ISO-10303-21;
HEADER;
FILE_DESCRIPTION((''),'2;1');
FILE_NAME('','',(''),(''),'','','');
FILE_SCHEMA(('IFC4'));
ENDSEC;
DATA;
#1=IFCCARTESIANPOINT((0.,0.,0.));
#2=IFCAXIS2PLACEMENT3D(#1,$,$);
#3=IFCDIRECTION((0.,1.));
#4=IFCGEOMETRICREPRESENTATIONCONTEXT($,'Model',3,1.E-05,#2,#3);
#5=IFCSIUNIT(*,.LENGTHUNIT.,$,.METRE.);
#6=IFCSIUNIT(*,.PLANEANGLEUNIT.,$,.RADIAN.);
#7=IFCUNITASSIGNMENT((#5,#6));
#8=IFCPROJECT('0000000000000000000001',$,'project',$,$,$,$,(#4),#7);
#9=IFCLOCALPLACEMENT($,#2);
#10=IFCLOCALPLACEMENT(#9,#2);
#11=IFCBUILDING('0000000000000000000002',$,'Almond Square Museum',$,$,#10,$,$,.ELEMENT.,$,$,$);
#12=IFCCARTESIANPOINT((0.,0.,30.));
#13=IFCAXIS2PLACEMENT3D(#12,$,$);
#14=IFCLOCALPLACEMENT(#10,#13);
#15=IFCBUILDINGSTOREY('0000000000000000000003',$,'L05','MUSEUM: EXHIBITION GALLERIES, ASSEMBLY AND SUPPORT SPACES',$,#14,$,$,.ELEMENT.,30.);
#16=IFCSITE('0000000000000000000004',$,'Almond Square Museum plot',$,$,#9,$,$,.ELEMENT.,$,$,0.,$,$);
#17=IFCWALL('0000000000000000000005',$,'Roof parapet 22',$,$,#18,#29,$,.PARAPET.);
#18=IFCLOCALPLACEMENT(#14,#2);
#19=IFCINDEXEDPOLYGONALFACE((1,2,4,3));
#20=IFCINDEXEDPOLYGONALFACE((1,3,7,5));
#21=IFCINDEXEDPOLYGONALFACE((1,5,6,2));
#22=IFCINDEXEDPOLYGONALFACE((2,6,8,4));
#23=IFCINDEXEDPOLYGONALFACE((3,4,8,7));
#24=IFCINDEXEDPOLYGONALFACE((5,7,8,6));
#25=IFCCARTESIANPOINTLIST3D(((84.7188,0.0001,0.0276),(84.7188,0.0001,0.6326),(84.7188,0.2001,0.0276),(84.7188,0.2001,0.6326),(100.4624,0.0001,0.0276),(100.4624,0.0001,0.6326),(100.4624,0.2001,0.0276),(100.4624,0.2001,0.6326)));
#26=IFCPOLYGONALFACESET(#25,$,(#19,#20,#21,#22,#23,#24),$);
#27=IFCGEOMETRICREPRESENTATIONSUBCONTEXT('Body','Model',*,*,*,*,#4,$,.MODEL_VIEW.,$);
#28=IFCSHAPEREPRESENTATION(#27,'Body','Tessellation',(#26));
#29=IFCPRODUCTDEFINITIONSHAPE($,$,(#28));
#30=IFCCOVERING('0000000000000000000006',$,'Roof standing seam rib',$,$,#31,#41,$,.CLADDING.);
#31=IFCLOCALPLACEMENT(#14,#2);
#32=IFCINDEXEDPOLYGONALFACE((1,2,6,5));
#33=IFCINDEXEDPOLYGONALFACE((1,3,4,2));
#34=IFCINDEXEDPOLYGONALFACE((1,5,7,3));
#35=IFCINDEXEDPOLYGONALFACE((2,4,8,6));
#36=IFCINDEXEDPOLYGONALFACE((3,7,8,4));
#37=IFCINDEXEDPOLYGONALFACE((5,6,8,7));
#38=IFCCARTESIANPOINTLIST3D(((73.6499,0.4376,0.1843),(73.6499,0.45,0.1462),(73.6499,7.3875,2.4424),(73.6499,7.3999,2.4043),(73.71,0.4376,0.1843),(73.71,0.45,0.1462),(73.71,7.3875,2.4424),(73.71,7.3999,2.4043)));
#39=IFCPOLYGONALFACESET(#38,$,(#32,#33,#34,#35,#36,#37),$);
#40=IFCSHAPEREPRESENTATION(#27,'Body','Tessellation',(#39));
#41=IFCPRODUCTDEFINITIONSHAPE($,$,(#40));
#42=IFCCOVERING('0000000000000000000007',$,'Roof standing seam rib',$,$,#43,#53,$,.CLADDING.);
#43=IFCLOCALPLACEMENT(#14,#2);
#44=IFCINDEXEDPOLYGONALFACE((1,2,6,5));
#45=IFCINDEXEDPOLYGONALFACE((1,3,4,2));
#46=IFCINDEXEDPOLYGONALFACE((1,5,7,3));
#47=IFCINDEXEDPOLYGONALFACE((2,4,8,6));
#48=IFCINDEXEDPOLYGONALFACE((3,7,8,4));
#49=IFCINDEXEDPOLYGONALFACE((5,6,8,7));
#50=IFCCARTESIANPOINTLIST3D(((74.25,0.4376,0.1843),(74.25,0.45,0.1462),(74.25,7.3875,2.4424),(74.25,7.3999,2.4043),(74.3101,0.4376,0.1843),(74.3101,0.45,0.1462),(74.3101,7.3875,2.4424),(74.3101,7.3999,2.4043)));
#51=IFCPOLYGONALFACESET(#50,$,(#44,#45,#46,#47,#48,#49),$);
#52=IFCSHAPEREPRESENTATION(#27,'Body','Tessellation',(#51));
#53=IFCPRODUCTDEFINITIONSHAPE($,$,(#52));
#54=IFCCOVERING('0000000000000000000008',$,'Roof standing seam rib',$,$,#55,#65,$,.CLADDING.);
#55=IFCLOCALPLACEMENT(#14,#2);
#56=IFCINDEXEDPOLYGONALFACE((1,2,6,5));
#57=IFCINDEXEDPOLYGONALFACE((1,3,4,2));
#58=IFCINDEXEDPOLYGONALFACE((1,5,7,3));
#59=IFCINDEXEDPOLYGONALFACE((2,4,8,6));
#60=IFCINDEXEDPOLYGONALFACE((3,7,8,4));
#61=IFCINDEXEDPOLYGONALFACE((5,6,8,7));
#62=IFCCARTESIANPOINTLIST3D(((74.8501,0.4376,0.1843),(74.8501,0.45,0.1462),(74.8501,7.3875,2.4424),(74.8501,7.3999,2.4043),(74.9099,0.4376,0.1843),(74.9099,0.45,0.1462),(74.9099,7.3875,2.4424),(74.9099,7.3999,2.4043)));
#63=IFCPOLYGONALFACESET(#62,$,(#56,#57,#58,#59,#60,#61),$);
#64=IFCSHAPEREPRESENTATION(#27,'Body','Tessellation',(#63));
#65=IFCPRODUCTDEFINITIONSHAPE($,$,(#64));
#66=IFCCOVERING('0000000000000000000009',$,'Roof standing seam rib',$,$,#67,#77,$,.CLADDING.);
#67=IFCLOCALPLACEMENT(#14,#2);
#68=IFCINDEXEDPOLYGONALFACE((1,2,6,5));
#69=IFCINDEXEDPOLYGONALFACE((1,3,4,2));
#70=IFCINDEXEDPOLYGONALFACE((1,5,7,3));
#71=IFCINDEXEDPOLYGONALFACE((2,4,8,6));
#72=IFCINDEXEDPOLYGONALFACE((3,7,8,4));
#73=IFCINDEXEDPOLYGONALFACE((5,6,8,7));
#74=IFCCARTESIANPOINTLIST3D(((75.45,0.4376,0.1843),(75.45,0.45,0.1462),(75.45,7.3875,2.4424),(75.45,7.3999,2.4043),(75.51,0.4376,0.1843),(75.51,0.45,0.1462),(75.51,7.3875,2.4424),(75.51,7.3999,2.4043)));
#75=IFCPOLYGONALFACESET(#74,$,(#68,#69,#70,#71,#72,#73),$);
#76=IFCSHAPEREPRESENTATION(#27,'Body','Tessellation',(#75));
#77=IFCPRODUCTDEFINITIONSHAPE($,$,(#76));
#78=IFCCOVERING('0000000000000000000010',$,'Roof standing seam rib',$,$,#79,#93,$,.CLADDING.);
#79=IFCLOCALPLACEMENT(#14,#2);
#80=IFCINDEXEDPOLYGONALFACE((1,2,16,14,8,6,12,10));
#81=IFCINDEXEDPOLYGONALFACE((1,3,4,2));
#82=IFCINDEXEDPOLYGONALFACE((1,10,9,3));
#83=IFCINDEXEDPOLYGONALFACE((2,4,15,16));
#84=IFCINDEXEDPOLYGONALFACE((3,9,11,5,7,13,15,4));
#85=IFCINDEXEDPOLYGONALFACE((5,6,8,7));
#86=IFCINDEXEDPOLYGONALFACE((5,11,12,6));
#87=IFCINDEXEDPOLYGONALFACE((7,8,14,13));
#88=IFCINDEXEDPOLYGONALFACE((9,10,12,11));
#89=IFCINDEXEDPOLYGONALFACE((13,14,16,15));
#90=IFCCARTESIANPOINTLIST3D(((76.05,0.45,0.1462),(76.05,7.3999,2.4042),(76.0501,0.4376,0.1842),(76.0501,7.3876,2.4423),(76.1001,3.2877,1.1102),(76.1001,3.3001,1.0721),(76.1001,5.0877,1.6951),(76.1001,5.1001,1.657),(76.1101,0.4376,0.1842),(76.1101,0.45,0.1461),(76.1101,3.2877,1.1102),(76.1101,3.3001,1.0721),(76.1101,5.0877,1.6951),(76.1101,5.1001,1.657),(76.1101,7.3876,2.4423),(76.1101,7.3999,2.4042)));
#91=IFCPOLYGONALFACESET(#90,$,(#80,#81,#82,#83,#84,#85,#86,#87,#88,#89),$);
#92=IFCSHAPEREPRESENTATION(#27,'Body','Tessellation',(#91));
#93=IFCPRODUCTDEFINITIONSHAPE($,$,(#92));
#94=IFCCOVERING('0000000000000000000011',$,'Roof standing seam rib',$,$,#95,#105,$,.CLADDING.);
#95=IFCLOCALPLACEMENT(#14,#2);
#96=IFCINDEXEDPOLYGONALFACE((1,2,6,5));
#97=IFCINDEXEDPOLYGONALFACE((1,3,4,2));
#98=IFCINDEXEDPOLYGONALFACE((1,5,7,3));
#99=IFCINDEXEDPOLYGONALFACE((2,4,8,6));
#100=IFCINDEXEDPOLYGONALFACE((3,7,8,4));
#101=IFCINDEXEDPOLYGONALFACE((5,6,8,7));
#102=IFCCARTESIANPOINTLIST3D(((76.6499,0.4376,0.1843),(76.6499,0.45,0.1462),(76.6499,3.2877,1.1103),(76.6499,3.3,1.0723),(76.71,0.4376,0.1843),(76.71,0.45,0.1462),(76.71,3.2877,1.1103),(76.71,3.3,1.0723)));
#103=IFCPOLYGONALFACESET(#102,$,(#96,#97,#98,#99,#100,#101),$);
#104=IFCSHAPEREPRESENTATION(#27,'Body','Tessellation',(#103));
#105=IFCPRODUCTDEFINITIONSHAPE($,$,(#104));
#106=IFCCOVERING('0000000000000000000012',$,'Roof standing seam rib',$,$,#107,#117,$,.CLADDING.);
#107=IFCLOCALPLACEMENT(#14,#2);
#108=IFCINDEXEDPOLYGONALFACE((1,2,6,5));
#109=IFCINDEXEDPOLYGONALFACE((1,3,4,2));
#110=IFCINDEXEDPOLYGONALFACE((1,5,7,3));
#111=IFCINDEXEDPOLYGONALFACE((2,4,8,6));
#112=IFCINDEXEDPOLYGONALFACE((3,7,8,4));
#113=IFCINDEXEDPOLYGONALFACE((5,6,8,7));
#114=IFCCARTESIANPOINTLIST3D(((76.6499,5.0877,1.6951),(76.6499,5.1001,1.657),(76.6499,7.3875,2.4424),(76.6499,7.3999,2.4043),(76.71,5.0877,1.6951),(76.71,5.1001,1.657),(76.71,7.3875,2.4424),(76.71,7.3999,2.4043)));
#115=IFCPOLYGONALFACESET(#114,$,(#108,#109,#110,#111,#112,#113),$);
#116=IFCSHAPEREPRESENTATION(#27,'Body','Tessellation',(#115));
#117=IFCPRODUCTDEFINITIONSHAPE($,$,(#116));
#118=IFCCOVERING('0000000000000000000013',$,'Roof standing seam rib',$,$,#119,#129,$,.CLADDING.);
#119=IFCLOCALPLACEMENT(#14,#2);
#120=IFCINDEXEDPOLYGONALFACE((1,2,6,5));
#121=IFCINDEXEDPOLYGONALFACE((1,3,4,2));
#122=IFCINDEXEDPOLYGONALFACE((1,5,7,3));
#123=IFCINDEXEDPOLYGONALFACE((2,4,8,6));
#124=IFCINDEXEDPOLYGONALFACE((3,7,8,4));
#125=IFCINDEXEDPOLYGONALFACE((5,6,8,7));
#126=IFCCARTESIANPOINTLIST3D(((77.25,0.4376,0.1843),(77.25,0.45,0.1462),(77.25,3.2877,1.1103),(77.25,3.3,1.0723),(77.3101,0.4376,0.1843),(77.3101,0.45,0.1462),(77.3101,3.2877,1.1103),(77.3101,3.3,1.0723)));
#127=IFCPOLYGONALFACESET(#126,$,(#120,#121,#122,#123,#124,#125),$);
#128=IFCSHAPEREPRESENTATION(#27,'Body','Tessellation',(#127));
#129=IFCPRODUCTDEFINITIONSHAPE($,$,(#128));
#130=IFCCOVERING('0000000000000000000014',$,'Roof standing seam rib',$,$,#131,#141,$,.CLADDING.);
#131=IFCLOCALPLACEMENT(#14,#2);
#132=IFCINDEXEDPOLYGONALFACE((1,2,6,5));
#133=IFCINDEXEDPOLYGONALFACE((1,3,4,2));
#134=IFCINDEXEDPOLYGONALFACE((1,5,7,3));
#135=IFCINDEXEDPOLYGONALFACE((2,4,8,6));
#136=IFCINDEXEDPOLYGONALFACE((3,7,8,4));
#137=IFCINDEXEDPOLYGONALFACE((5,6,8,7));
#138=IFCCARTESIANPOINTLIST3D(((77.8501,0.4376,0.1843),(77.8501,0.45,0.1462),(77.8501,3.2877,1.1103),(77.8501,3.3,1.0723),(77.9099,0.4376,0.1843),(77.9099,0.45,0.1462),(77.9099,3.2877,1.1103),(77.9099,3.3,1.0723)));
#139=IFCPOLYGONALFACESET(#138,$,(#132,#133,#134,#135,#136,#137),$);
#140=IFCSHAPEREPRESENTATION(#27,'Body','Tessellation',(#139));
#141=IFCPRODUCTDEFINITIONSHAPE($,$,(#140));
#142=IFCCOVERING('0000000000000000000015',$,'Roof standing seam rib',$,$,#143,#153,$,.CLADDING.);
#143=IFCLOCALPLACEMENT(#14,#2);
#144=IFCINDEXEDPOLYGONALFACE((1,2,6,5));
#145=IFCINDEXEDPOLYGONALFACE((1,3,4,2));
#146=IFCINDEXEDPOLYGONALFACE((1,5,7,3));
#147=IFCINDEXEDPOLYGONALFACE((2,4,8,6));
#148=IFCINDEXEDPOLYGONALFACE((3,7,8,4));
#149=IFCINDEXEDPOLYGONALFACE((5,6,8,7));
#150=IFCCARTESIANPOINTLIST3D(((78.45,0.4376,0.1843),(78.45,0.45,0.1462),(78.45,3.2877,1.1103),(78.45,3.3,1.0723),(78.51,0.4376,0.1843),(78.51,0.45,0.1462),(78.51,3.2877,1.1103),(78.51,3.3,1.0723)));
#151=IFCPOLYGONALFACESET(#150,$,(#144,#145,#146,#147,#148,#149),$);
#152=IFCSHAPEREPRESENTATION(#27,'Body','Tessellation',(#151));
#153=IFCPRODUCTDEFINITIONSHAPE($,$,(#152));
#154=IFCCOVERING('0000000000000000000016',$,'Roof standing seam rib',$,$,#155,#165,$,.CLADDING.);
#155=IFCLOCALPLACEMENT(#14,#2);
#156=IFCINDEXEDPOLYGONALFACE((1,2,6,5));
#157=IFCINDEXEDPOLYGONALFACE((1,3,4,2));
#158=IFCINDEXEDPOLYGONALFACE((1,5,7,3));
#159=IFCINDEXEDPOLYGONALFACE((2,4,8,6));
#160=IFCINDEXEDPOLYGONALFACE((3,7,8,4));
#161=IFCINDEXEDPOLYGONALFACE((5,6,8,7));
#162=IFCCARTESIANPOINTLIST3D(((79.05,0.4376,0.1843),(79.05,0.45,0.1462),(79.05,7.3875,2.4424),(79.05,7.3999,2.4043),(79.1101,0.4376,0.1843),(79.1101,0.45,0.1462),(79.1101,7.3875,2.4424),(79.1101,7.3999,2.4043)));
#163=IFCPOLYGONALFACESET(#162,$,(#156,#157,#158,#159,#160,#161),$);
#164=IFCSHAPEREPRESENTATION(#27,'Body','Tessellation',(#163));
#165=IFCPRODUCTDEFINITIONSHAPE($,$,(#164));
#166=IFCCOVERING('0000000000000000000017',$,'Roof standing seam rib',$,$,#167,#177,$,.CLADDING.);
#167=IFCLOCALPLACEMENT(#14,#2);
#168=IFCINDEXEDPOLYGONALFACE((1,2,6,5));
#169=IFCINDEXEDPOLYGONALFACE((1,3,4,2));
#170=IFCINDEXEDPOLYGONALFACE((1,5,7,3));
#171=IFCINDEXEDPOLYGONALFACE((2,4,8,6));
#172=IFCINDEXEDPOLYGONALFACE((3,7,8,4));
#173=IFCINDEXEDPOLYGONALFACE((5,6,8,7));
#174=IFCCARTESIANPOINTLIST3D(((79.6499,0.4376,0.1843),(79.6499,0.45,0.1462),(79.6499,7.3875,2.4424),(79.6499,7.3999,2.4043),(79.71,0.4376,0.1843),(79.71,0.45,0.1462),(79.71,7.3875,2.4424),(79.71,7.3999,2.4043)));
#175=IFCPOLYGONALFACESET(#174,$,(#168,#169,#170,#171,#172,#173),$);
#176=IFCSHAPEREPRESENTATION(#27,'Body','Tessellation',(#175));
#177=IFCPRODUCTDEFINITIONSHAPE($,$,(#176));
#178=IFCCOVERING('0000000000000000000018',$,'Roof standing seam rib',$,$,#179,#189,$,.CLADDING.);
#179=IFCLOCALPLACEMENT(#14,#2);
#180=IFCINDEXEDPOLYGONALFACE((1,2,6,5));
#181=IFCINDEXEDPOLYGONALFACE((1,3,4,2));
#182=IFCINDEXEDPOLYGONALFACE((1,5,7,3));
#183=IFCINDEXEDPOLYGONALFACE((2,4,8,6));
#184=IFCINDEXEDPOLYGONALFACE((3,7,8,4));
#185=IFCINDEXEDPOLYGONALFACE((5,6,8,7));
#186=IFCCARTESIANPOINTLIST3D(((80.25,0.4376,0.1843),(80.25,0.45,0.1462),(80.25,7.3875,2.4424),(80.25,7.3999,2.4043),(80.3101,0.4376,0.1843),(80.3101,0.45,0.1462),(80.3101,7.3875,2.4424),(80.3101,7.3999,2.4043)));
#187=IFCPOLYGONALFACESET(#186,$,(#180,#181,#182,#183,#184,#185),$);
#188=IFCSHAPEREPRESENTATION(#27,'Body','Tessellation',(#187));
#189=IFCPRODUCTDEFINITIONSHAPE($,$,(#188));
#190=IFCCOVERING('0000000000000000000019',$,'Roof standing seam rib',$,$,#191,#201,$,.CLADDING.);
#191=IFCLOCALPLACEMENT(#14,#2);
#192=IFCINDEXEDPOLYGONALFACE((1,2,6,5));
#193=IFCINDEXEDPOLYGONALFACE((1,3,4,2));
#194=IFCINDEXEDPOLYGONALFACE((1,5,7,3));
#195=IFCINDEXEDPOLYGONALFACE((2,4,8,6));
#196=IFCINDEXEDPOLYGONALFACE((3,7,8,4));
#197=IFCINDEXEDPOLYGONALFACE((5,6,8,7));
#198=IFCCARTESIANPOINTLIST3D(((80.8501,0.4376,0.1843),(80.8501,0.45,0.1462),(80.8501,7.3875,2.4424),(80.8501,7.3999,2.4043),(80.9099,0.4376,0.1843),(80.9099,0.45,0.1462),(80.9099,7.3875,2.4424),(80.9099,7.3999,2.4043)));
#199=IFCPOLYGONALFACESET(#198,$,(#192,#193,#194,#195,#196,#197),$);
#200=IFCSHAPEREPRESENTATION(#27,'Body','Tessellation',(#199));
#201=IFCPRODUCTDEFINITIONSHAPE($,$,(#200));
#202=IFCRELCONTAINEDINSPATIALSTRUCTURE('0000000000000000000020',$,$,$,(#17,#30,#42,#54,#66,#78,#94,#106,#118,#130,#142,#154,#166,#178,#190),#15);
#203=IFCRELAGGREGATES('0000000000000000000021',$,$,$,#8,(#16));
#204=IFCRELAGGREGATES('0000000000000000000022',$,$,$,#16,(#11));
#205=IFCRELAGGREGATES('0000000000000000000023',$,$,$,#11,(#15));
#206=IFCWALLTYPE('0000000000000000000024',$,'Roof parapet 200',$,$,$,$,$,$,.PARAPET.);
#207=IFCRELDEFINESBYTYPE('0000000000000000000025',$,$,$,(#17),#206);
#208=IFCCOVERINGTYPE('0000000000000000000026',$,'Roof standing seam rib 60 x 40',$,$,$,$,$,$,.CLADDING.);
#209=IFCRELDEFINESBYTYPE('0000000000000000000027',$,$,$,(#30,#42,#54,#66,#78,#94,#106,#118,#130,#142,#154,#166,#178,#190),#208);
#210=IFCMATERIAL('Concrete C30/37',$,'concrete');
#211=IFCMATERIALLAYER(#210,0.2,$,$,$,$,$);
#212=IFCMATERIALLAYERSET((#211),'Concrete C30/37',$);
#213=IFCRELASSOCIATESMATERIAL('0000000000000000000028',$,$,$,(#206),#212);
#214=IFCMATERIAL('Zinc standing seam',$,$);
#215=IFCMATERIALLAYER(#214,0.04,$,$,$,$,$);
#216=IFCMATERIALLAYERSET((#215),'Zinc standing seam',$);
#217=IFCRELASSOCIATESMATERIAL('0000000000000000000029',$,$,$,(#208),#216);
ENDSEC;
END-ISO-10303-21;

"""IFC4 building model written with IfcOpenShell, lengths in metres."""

from ifc_helpers import new_model, si_unit, direction, frame, frame_2d, origin, place, context, subcontext, project, spatial, polyline, rectangle, outline, extrude, material, layer, layer_set, type_object, element, save


model = new_model("IFC4")

# Units and contexts
model_context = context("Model", 3, precision=1e-05, world=origin(), true_north=direction((0.0, 1.0)))
body_context = subcontext(model_context, "Body", "Model", "MODEL_VIEW")
ifc_project = project(units=[si_unit("LENGTHUNIT", "METRE"), si_unit("PLANEANGLEUNIT", "RADIAN")], contexts=[model_context])

# Site, building, storey
site_placement = place(None, origin())
site = spatial("IfcSite", under=ifc_project, at=site_placement, Name="Almond Square Museum plot", CompositionType="ELEMENT", RefElevation=0.0)
building_placement = place(site_placement, origin())
building = spatial("IfcBuilding", under=site, at=building_placement, Name="Almond Square Museum", CompositionType="ELEMENT")
storey_placement = place(building_placement, frame((0.0, 0.0, 30.0)))
storey = spatial("IfcBuildingStorey", under=building, at=storey_placement, Name="L05", Description="MUSEUM: EXHIBITION GALLERIES, ASSEMBLY AND SUPPORT SPACES", CompositionType="ELEMENT", Elevation=30.0)

# Wall
ifc_material_1 = material(Name="Concrete C30/37", Category="concrete")
ifc_layer_1 = layer(ifc_material_1, 0.2)
ifc_layer_set_1 = layer_set([ifc_layer_1], Name="Concrete C30/37")
wall_type = type_object("IfcWallType", Name="Roof parapet 200", PredefinedType="PARAPET", material=ifc_layer_set_1)
wall_placement = place(storey_placement, frame((84.7188, 0.1001, 0.0276), z_axis=(0.0, 0.0, 1.0), x_axis=(1.0, 0.0, 0.0)))
element("IfcWall", 1, at=wall_placement, inside=storey, type_object=wall_type, Name="Roof parapet 22", PredefinedType="PARAPET", context=body_context, shape_type="SweptSolid", body=[
    extrude(rectangle(XDim=15.7437, YDim=0.2, at=frame_2d((7.8718, 0.0))), origin(), (0.0, 0.0, 1.0), 0.605),
])

# Coverings
ifc_material_2 = material(Name="Zinc standing seam")
ifc_layer_2 = layer(ifc_material_2, 0.04)
ifc_layer_set_2 = layer_set([ifc_layer_2], Name="Zinc standing seam")
covering_type = type_object("IfcCoveringType", Name="Roof standing seam rib 60 x 40", PredefinedType="CLADDING", material=ifc_layer_set_2)
for number, where, z_axis, x_axis, name in (
    (2, (73.6499, 0.45, 0.1462), (0.0, -0.309002, 0.951061), (1.0, 0.0, 0.0), "Roof standing seam rib"),
    (3, (74.25, 0.45, 0.1462), (0.0, -0.309002, 0.951061), (1.0, 0.0, 0.0), "Roof standing seam rib"),
):
    element("IfcCovering", number, at=place(storey_placement, frame(where, z_axis=z_axis, x_axis=x_axis)), inside=storey, type_object=covering_type, Name=name, PredefinedType="CLADDING", context=body_context, shape_type="SweptSolid", body=[
        extrude(outline(polyline([(0.0, 0.0), (0.0601, 0.0), (0.0601, 7.3076), (0.0, 7.3076), (0.0, 0.0)])), origin(), (0.0, 0.0, 1.0), 0.04),
    ])
covering_1_placement = place(storey_placement, frame((74.8501, 0.45, 0.1462), z_axis=(0.0, -0.309002, 0.951061), x_axis=(1.0, 0.0, 0.0)))
element("IfcCovering", 4, at=covering_1_placement, inside=storey, type_object=covering_type, Name="Roof standing seam rib", PredefinedType="CLADDING", context=body_context, shape_type="SweptSolid", body=[
    extrude(outline(polyline([(0.0, 0.0), (0.0598, 0.0), (0.0598, 7.3076), (0.0, 7.3076), (0.0, 0.0)])), origin(), (0.0, 0.0, 1.0), 0.04),
])
covering_2_placement = place(storey_placement, frame((75.45, 0.45, 0.1462), z_axis=(0.0, -0.309002, 0.951061), x_axis=(1.0, 0.0, 0.0)))
element("IfcCovering", 5, at=covering_2_placement, inside=storey, type_object=covering_type, Name="Roof standing seam rib", PredefinedType="CLADDING", context=body_context, shape_type="SweptSolid", body=[
    extrude(outline(polyline([(0.0, 0.0), (0.0601, 0.0), (0.0601, 7.3076), (0.0, 7.3076), (0.0, 0.0)])), origin(), (0.0, 0.0, 1.0), 0.04),
])
covering_3_placement = place(storey_placement, frame((76.1001, 5.1001, 1.657), z_axis=(0.00038, -0.309005, 0.95106), x_axis=(1.0, 0.000117, -0.000361)))
element("IfcCovering", 6, at=covering_3_placement, inside=storey, type_object=covering_type, Name="Roof standing seam rib", PredefinedType="CLADDING", context=body_context, shape_type="SweptSolid", body=[
    extrude(outline(polyline([(0.0, 0.0), (0.01, 0.0), (0.01, 2.4182), (-0.05, 2.4182), (-0.05, -4.8894), (0.01, -4.8894), (0.01, -1.8926), (0.0, -1.8926), (0.0, 0.0)])), origin(), (0.0, 0.0, 1.0), 0.04),
])
covering_4_placement = place(storey_placement, frame((76.6499, 0.45, 0.1462), z_axis=(0.0, -0.309009, 0.951059), x_axis=(1.0, 0.0, 0.0)))
element("IfcCovering", 7, at=covering_4_placement, inside=storey, type_object=covering_type, Name="Roof standing seam rib", PredefinedType="CLADDING", context=body_context, shape_type="SweptSolid", body=[
    extrude(outline(polyline([(0.0, 0.0), (0.0601, 0.0), (0.0601, 2.9968), (0.0, 2.9968), (0.0, 0.0)])), origin(), (0.0, 0.0, 1.0), 0.04),
])
covering_5_placement = place(storey_placement, frame((76.71, 7.3999, 2.4043), z_axis=(0.0, -0.30904, 0.951049), x_axis=(-1.0, 0.0, 0.0)))
element("IfcCovering", 8, at=covering_5_placement, inside=storey, type_object=covering_type, Name="Roof standing seam rib", PredefinedType="CLADDING", context=body_context, shape_type="SweptSolid", body=[
    extrude(outline(polyline([(0.0, 0.0), (0.0601, 0.0), (0.0601, 2.4182), (0.0, 2.4182), (0.0, 0.0)])), origin(), (0.0, 0.0, 1.0), 0.04),
])
covering_6_placement = place(storey_placement, frame((77.25, 0.45, 0.1462), z_axis=(0.0, -0.309009, 0.951059), x_axis=(1.0, 0.0, 0.0)))
element("IfcCovering", 9, at=covering_6_placement, inside=storey, type_object=covering_type, Name="Roof standing seam rib", PredefinedType="CLADDING", context=body_context, shape_type="SweptSolid", body=[
    extrude(outline(polyline([(0.0, 0.0), (0.0601, 0.0), (0.0601, 2.9968), (0.0, 2.9968), (0.0, 0.0)])), origin(), (0.0, 0.0, 1.0), 0.04),
])
covering_7_placement = place(storey_placement, frame((77.8501, 0.45, 0.1462), z_axis=(0.0, -0.309009, 0.951059), x_axis=(1.0, 0.0, 0.0)))
element("IfcCovering", 10, at=covering_7_placement, inside=storey, type_object=covering_type, Name="Roof standing seam rib", PredefinedType="CLADDING", context=body_context, shape_type="SweptSolid", body=[
    extrude(outline(polyline([(0.0, 0.0), (0.0598, 0.0), (0.0598, 2.9968), (0.0, 2.9968), (0.0, 0.0)])), origin(), (0.0, 0.0, 1.0), 0.04),
])
covering_8_placement = place(storey_placement, frame((78.45, 0.45, 0.1462), z_axis=(0.0, -0.309009, 0.951059), x_axis=(1.0, 0.0, 0.0)))
element("IfcCovering", 11, at=covering_8_placement, inside=storey, type_object=covering_type, Name="Roof standing seam rib", PredefinedType="CLADDING", context=body_context, shape_type="SweptSolid", body=[
    extrude(outline(polyline([(0.0, 0.0), (0.0601, 0.0), (0.0601, 2.9968), (0.0, 2.9968), (0.0, 0.0)])), origin(), (0.0, 0.0, 1.0), 0.04),
])
for number, where, z_axis, x_axis, name in (
    (12, (79.05, 0.45, 0.1462), (0.0, -0.309002, 0.951061), (1.0, 0.0, 0.0), "Roof standing seam rib"),
    (13, (79.6499, 0.45, 0.1462), (0.0, -0.309002, 0.951061), (1.0, 0.0, 0.0), "Roof standing seam rib"),
    (14, (80.25, 0.45, 0.1462), (0.0, -0.309002, 0.951061), (1.0, 0.0, 0.0), "Roof standing seam rib"),
):
    element("IfcCovering", number, at=place(storey_placement, frame(where, z_axis=z_axis, x_axis=x_axis)), inside=storey, type_object=covering_type, Name=name, PredefinedType="CLADDING", context=body_context, shape_type="SweptSolid", body=[
        extrude(outline(polyline([(0.0, 0.0), (0.0601, 0.0), (0.0601, 7.3076), (0.0, 7.3076), (0.0, 0.0)])), origin(), (0.0, 0.0, 1.0), 0.04),
    ])
covering_9_placement = place(storey_placement, frame((80.8501, 0.45, 0.1462), z_axis=(0.0, -0.309002, 0.951061), x_axis=(1.0, 0.0, 0.0)))
element("IfcCovering", 15, at=covering_9_placement, inside=storey, type_object=covering_type, Name="Roof standing seam rib", PredefinedType="CLADDING", context=body_context, shape_type="SweptSolid", body=[
    extrude(outline(polyline([(0.0, 0.0), (0.0598, 0.0), (0.0598, 7.3076), (0.0, 7.3076), (0.0, 0.0)])), origin(), (0.0, 0.0, 1.0), 0.04),
])

save(model, "model.ifc")
